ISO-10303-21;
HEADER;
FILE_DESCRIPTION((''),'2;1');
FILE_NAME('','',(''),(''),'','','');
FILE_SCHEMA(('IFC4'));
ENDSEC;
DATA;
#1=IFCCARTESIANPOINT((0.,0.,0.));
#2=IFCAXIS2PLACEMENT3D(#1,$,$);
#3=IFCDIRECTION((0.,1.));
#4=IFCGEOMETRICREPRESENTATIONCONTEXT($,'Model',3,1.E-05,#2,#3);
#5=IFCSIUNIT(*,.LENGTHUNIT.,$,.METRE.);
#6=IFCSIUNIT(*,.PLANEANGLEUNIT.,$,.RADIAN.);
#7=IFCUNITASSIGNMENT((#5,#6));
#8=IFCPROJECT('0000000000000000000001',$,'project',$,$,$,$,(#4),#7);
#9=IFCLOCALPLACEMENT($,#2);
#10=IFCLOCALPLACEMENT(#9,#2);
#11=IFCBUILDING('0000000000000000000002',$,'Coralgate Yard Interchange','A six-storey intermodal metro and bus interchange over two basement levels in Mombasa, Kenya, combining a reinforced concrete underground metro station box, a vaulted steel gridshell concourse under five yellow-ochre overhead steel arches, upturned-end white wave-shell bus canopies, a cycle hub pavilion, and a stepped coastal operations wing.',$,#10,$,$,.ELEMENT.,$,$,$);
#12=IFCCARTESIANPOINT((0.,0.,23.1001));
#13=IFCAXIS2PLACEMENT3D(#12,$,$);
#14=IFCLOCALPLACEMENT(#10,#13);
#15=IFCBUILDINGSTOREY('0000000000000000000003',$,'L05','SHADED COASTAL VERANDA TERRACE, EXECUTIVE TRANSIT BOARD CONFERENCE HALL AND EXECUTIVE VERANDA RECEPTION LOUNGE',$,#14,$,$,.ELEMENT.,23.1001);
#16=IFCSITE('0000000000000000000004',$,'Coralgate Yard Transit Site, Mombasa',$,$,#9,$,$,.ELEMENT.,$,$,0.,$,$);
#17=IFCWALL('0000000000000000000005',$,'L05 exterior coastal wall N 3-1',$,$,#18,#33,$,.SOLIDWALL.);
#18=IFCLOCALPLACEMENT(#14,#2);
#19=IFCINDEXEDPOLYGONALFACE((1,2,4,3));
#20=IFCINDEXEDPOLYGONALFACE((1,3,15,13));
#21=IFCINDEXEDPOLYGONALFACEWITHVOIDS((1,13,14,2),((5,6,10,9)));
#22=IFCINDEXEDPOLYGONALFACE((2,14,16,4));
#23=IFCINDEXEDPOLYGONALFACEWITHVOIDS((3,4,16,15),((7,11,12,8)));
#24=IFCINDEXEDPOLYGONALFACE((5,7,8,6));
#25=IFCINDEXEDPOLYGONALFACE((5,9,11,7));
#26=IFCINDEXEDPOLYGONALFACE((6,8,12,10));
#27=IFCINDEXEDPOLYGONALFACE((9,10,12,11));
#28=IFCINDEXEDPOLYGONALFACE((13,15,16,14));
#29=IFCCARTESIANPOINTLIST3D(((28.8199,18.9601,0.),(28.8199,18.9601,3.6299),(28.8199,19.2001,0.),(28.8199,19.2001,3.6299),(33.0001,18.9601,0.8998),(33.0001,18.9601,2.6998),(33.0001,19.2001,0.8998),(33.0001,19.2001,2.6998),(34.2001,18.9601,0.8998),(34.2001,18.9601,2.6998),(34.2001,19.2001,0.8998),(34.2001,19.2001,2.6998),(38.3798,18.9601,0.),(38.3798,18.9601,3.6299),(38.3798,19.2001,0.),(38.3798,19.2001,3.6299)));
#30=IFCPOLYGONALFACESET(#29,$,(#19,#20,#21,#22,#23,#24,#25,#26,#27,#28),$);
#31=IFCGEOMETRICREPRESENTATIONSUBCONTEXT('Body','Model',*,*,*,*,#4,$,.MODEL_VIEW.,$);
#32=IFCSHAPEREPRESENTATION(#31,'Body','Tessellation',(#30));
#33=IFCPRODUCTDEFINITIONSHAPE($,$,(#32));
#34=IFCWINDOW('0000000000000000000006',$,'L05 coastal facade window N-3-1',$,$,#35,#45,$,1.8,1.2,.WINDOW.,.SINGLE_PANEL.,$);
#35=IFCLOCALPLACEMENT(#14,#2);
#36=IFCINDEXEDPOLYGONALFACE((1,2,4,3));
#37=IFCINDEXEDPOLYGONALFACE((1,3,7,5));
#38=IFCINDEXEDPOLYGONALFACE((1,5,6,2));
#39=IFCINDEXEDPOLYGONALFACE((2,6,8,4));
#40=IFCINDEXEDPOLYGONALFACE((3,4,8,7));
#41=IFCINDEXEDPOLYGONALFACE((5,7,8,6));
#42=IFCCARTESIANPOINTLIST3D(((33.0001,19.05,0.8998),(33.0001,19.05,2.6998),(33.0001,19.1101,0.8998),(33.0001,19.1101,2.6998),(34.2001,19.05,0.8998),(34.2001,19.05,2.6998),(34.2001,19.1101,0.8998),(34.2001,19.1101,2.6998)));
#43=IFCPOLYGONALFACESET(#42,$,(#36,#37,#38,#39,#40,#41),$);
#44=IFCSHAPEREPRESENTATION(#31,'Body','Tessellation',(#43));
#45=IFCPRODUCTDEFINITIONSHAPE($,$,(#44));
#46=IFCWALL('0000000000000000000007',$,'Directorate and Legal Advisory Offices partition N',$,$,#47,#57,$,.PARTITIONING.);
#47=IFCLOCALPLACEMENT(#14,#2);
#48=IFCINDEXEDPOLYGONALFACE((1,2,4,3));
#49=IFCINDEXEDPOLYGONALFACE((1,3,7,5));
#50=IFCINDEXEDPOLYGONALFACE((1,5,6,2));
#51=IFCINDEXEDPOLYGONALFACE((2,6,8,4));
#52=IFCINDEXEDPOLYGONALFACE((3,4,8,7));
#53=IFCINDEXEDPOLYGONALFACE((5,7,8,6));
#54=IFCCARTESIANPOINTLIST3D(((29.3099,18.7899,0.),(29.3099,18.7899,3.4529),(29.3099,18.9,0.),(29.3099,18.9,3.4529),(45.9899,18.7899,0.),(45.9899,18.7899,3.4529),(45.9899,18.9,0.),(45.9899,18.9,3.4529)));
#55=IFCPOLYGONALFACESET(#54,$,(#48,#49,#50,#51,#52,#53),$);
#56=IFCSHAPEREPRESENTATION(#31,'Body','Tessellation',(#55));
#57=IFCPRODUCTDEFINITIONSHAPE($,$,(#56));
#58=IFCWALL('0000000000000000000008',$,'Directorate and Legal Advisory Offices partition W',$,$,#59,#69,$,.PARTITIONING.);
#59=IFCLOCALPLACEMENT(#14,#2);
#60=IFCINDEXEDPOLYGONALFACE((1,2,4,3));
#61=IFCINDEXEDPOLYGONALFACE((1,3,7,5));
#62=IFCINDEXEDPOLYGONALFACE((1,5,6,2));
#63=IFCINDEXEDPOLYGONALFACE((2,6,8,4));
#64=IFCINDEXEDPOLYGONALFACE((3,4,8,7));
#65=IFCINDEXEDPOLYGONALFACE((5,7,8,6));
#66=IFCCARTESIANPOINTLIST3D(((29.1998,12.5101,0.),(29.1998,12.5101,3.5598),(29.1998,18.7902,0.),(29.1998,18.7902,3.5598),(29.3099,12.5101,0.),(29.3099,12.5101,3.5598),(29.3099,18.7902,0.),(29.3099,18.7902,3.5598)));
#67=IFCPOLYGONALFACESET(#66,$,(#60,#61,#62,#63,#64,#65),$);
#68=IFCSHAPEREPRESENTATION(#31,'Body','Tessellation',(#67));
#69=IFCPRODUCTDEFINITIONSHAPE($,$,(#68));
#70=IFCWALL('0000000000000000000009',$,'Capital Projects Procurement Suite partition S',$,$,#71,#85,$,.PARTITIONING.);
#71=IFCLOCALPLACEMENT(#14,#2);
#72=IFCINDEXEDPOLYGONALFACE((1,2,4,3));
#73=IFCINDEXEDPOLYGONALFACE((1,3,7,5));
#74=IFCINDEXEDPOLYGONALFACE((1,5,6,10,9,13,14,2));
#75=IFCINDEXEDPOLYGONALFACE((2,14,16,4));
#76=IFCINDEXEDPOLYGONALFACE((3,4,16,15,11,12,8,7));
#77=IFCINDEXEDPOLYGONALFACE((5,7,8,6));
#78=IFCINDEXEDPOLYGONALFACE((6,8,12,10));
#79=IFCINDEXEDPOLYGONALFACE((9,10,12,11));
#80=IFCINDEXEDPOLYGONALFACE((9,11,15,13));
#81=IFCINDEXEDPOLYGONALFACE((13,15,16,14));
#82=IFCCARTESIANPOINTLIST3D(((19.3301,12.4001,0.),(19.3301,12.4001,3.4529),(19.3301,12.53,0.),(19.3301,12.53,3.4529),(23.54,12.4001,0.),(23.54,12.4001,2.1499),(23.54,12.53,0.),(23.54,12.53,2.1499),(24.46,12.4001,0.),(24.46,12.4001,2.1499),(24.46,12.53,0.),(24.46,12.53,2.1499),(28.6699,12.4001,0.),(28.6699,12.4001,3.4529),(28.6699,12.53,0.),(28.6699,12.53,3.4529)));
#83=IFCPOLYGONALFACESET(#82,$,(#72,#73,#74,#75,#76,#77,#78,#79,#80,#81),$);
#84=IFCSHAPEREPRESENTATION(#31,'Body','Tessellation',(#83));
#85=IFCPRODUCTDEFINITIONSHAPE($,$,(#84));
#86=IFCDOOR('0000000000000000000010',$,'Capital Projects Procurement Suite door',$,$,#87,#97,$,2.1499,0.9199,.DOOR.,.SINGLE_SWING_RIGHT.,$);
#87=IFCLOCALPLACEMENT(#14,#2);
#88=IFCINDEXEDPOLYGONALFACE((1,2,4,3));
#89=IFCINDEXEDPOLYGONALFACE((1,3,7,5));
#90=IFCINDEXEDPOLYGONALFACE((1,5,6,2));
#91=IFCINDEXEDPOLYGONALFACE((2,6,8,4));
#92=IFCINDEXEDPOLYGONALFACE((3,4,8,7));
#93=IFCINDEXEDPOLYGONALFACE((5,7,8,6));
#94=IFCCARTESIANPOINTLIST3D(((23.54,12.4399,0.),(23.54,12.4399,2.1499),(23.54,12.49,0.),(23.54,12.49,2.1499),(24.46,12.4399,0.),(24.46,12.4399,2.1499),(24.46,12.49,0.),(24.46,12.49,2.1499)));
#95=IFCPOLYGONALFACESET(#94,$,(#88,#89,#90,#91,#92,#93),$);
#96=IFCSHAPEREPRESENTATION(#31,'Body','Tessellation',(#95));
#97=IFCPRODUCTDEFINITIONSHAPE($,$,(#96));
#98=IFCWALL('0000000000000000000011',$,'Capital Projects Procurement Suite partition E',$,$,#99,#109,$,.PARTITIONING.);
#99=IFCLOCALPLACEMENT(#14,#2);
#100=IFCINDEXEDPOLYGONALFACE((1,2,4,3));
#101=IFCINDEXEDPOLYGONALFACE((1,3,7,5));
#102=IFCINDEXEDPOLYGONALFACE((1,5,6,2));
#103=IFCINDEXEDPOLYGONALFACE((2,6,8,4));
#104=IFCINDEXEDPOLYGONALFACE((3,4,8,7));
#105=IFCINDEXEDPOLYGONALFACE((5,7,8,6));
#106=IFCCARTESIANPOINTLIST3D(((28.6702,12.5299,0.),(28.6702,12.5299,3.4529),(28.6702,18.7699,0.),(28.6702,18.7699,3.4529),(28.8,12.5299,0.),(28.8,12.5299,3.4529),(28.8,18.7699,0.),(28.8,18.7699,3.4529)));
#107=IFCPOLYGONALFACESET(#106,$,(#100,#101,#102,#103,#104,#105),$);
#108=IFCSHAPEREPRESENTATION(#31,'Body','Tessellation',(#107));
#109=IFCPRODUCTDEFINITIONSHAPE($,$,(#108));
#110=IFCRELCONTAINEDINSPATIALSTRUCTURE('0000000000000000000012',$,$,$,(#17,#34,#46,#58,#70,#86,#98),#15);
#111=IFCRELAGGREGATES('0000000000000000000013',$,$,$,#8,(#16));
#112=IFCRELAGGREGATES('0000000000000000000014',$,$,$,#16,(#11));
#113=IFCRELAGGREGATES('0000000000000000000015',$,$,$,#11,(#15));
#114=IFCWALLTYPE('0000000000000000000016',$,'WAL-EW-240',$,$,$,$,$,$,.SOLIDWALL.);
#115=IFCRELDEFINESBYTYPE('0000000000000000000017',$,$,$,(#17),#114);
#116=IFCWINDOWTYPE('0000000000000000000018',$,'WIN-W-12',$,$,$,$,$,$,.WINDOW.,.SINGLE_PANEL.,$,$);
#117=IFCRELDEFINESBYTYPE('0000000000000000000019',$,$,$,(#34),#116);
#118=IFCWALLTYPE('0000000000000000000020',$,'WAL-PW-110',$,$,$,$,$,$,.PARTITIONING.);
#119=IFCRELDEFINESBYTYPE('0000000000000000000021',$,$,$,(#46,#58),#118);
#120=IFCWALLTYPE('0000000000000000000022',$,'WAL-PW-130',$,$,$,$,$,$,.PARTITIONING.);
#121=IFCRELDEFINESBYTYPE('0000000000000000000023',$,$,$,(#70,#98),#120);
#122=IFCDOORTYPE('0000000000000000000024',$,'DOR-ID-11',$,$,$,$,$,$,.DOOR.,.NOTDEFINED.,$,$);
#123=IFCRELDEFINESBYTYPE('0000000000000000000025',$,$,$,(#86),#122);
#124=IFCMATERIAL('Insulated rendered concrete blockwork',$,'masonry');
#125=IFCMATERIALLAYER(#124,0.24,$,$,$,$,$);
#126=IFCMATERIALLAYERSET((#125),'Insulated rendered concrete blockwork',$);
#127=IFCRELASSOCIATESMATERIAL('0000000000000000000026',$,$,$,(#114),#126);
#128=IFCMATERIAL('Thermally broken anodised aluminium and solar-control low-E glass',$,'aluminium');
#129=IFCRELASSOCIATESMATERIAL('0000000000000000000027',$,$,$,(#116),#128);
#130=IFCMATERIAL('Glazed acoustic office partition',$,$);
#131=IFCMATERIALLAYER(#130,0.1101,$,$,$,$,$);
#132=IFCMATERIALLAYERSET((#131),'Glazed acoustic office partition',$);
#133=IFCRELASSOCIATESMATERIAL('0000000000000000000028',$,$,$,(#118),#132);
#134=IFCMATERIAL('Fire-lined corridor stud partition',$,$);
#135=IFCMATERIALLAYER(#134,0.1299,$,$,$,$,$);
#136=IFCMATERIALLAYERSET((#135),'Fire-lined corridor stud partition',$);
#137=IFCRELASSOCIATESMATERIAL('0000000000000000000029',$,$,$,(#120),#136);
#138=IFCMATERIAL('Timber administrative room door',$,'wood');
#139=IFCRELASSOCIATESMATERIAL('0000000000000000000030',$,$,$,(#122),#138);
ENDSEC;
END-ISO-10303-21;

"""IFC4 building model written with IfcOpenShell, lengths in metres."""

from ifc_helpers import new_model, si_unit, direction, frame, frame_2d, origin, place, context, subcontext, project, spatial, rectangle, extrude, material, layer, layer_set, type_object, element, fill, save


model = new_model("IFC4")

# Units and contexts
model_context = context("Model", 3, precision=1e-05, world=origin(), true_north=direction((0.0, 1.0)))
body_context = subcontext(model_context, "Body", "Model", "MODEL_VIEW")
ifc_project = project(units=[si_unit("LENGTHUNIT", "METRE"), si_unit("PLANEANGLEUNIT", "RADIAN")], contexts=[model_context])

# Site, building, storey
site_placement = place(None, origin())
site = spatial("IfcSite", under=ifc_project, at=site_placement, Name="Coralgate Yard Transit Site, Mombasa", CompositionType="ELEMENT", RefElevation=0.0)
building_placement = place(site_placement, origin())
building = spatial("IfcBuilding", under=site, at=building_placement, Name="Coralgate Yard Interchange", Description="A six-storey intermodal metro and bus interchange over two basement levels in Mombasa, Kenya, combining a reinforced concrete underground metro station box, a vaulted steel gridshell concourse under five yellow-ochre overhead steel arches, upturned-end white wave-shell bus canopies, a cycle hub pavilion, and a stepped coastal operations wing.", CompositionType="ELEMENT")
storey_placement = place(building_placement, frame((0.0, 0.0, 23.1001)))
storey = spatial("IfcBuildingStorey", under=building, at=storey_placement, Name="L05", Description="SHADED COASTAL VERANDA TERRACE, EXECUTIVE TRANSIT BOARD CONFERENCE HALL AND EXECUTIVE VERANDA RECEPTION LOUNGE", CompositionType="ELEMENT", Elevation=23.1001)

# Wall, opening, window
ifc_material_1 = material(Name="Insulated rendered concrete blockwork", Category="masonry")
ifc_layer_1 = layer(ifc_material_1, 0.24)
ifc_layer_set_1 = layer_set([ifc_layer_1], Name="Insulated rendered concrete blockwork")
wall_type_1 = type_object("IfcWallType", Name="WAL-EW-240", PredefinedType="SOLIDWALL", material=ifc_layer_set_1)
wall_1_placement = place(storey_placement, frame((28.8201, 19.0801, 0.0), z_axis=(0.0, 0.0, 1.0), x_axis=(1.0, 0.0, 0.0)))
wall_1 = element("IfcWall", 1, at=wall_1_placement, inside=storey, type_object=wall_type_1, Name="L05 exterior coastal wall N 3-1", PredefinedType="SOLIDWALL", context=body_context, shape_type="SweptSolid", body=[
    extrude(rectangle(XDim=9.5598, YDim=0.24, at=frame_2d((4.7798, 0.0))), origin(), (0.0, 0.0, 1.0), 3.6299),
])
opening_1_placement = place(wall_1_placement, frame((4.1799, 0.0, 0.8999)))
opening_1 = element("IfcOpeningElement", 2, at=opening_1_placement, cuts=wall_1, PredefinedType="OPENING", context=body_context, shape_type="SweptSolid", body=[
    extrude(rectangle(XDim=1.2, YDim=1.8, at=frame_2d((0.6001, 0.8999))), frame((0.0, 0.1299, 0.0), z_axis=(0.0, -1.0, 0.0), x_axis=(1.0, 0.0, 0.0)), (0.0, 0.0, 1.0), 0.26),
])
ifc_material_2 = material(Name="Thermally broken anodised aluminium and solar-control low-E glass", Category="aluminium")
window_type = type_object("IfcWindowType", Name="WIN-W-12", PartitioningType="SINGLE_PANEL", PredefinedType="WINDOW", material=ifc_material_2)
window_placement = place(opening_1_placement, origin())
window = element("IfcWindow", 3, at=window_placement, inside=storey, type_object=window_type, Name="L05 coastal facade window N-3-1", OverallHeight=1.8, OverallWidth=1.2, PartitioningType="SINGLE_PANEL", PredefinedType="WINDOW", context=body_context, shape_type="SweptSolid", body=[
    extrude(rectangle(XDim=1.2, YDim=1.8, at=frame_2d((0.6001, 0.8999))), frame((0.0, 0.03, 0.0), z_axis=(0.0, -1.0, 0.0), x_axis=(1.0, 0.0, 0.0)), (0.0, 0.0, 1.0), 0.0601),
])
fill(opening_1, window)

# Walls
ifc_material_3 = material(Name="Glazed acoustic office partition")
ifc_layer_2 = layer(ifc_material_3, 0.1101)
ifc_layer_set_2 = layer_set([ifc_layer_2], Name="Glazed acoustic office partition")
wall_type_2 = type_object("IfcWallType", Name="WAL-PW-110", PredefinedType="PARTITIONING", material=ifc_layer_set_2)
wall_2_placement = place(storey_placement, frame((29.3101, 18.845, 0.0), z_axis=(0.0, 0.0, 1.0), x_axis=(1.0, 0.0, 0.0)))
element("IfcWall", 4, at=wall_2_placement, inside=storey, type_object=wall_type_2, Name="Directorate and Legal Advisory Offices partition N", PredefinedType="PARTITIONING", context=body_context, shape_type="SweptSolid", body=[
    extrude(rectangle(XDim=16.6799, YDim=0.1101, at=frame_2d((8.3398, 0.0))), origin(), (0.0, 0.0, 1.0), 3.4529),
])
wall_3_placement = place(storey_placement, frame((29.2549, 12.51, 0.0), z_axis=(0.0, 0.0, 1.0), x_axis=(0.0, 1.0, 0.0)))
element("IfcWall", 5, at=wall_3_placement, inside=storey, type_object=wall_type_2, Name="Directorate and Legal Advisory Offices partition W", PredefinedType="PARTITIONING", context=body_context, shape_type="SweptSolid", body=[
    extrude(rectangle(XDim=6.28, YDim=0.1101, at=frame_2d((3.1401, 0.0))), origin(), (0.0, 0.0, 1.0), 3.5598),
])

# Wall, opening, door
ifc_material_4 = material(Name="Fire-lined corridor stud partition")
ifc_layer_3 = layer(ifc_material_4, 0.1299)
ifc_layer_set_3 = layer_set([ifc_layer_3], Name="Fire-lined corridor stud partition")
wall_type_3 = type_object("IfcWallType", Name="WAL-PW-130", PredefinedType="PARTITIONING", material=ifc_layer_set_3)
wall_4_placement = place(storey_placement, frame((28.6699, 12.4651, 0.0), z_axis=(0.0, 0.0, 1.0), x_axis=(-1.0, 0.0, 0.0)))
wall_4 = element("IfcWall", 6, at=wall_4_placement, inside=storey, type_object=wall_type_3, Name="Capital Projects Procurement Suite partition S", PredefinedType="PARTITIONING", context=body_context, shape_type="SweptSolid", body=[
    extrude(rectangle(XDim=9.3398, YDim=0.1299, at=frame_2d((4.6699, 0.0))), origin(), (0.0, 0.0, 1.0), 3.4529),
])
opening_2_placement = place(wall_4_placement, frame((4.21, 0.0, 0.0)))
opening_2 = element("IfcOpeningElement", 7, at=opening_2_placement, cuts=wall_4, PredefinedType="OPENING", context=body_context, shape_type="SweptSolid", body=[
    extrude(rectangle(XDim=0.9199, YDim=2.1499, at=frame_2d((0.46, 1.075))), frame((0.0, 0.075, 0.0), z_axis=(0.0, -1.0, 0.0), x_axis=(1.0, 0.0, 0.0)), (0.0, 0.0, 1.0), 0.1499),
])
ifc_material_5 = material(Name="Timber administrative room door", Category="wood")
door_type = type_object("IfcDoorType", Name="DOR-ID-11", OperationType="NOTDEFINED", PredefinedType="DOOR", material=ifc_material_5)
door_placement = place(opening_2_placement, frame((0.9199, 0.0, 0.0), z_axis=(0.0, 0.0, 1.0), x_axis=(-1.0, 0.0, 0.0)))
door = element("IfcDoor", 8, at=door_placement, inside=storey, type_object=door_type, Name="Capital Projects Procurement Suite door", OperationType="SINGLE_SWING_RIGHT", OverallHeight=2.1499, OverallWidth=0.9199, PredefinedType="DOOR", context=body_context, shape_type="SweptSolid", body=[
    extrude(rectangle(XDim=0.9199, YDim=2.1499, at=frame_2d((0.46, 1.075))), frame((0.0, 0.0249, 0.0), z_axis=(0.0, -1.0, 0.0), x_axis=(1.0, 0.0, 0.0)), (0.0, 0.0, 1.0), 0.05),
])
fill(opening_2, door)

# Wall
wall_5_placement = place(storey_placement, frame((28.7351, 18.77, 0.0), z_axis=(0.0, 0.0, 1.0), x_axis=(0.0, -1.0, 0.0)))
element("IfcWall", 9, at=wall_5_placement, inside=storey, type_object=wall_type_3, Name="Capital Projects Procurement Suite partition E", PredefinedType="PARTITIONING", context=body_context, shape_type="SweptSolid", body=[
    extrude(rectangle(XDim=6.24, YDim=0.1299, at=frame_2d((3.1201, 0.0))), origin(), (0.0, 0.0, 1.0), 3.4529),
])

save(model, "model.ifc")
